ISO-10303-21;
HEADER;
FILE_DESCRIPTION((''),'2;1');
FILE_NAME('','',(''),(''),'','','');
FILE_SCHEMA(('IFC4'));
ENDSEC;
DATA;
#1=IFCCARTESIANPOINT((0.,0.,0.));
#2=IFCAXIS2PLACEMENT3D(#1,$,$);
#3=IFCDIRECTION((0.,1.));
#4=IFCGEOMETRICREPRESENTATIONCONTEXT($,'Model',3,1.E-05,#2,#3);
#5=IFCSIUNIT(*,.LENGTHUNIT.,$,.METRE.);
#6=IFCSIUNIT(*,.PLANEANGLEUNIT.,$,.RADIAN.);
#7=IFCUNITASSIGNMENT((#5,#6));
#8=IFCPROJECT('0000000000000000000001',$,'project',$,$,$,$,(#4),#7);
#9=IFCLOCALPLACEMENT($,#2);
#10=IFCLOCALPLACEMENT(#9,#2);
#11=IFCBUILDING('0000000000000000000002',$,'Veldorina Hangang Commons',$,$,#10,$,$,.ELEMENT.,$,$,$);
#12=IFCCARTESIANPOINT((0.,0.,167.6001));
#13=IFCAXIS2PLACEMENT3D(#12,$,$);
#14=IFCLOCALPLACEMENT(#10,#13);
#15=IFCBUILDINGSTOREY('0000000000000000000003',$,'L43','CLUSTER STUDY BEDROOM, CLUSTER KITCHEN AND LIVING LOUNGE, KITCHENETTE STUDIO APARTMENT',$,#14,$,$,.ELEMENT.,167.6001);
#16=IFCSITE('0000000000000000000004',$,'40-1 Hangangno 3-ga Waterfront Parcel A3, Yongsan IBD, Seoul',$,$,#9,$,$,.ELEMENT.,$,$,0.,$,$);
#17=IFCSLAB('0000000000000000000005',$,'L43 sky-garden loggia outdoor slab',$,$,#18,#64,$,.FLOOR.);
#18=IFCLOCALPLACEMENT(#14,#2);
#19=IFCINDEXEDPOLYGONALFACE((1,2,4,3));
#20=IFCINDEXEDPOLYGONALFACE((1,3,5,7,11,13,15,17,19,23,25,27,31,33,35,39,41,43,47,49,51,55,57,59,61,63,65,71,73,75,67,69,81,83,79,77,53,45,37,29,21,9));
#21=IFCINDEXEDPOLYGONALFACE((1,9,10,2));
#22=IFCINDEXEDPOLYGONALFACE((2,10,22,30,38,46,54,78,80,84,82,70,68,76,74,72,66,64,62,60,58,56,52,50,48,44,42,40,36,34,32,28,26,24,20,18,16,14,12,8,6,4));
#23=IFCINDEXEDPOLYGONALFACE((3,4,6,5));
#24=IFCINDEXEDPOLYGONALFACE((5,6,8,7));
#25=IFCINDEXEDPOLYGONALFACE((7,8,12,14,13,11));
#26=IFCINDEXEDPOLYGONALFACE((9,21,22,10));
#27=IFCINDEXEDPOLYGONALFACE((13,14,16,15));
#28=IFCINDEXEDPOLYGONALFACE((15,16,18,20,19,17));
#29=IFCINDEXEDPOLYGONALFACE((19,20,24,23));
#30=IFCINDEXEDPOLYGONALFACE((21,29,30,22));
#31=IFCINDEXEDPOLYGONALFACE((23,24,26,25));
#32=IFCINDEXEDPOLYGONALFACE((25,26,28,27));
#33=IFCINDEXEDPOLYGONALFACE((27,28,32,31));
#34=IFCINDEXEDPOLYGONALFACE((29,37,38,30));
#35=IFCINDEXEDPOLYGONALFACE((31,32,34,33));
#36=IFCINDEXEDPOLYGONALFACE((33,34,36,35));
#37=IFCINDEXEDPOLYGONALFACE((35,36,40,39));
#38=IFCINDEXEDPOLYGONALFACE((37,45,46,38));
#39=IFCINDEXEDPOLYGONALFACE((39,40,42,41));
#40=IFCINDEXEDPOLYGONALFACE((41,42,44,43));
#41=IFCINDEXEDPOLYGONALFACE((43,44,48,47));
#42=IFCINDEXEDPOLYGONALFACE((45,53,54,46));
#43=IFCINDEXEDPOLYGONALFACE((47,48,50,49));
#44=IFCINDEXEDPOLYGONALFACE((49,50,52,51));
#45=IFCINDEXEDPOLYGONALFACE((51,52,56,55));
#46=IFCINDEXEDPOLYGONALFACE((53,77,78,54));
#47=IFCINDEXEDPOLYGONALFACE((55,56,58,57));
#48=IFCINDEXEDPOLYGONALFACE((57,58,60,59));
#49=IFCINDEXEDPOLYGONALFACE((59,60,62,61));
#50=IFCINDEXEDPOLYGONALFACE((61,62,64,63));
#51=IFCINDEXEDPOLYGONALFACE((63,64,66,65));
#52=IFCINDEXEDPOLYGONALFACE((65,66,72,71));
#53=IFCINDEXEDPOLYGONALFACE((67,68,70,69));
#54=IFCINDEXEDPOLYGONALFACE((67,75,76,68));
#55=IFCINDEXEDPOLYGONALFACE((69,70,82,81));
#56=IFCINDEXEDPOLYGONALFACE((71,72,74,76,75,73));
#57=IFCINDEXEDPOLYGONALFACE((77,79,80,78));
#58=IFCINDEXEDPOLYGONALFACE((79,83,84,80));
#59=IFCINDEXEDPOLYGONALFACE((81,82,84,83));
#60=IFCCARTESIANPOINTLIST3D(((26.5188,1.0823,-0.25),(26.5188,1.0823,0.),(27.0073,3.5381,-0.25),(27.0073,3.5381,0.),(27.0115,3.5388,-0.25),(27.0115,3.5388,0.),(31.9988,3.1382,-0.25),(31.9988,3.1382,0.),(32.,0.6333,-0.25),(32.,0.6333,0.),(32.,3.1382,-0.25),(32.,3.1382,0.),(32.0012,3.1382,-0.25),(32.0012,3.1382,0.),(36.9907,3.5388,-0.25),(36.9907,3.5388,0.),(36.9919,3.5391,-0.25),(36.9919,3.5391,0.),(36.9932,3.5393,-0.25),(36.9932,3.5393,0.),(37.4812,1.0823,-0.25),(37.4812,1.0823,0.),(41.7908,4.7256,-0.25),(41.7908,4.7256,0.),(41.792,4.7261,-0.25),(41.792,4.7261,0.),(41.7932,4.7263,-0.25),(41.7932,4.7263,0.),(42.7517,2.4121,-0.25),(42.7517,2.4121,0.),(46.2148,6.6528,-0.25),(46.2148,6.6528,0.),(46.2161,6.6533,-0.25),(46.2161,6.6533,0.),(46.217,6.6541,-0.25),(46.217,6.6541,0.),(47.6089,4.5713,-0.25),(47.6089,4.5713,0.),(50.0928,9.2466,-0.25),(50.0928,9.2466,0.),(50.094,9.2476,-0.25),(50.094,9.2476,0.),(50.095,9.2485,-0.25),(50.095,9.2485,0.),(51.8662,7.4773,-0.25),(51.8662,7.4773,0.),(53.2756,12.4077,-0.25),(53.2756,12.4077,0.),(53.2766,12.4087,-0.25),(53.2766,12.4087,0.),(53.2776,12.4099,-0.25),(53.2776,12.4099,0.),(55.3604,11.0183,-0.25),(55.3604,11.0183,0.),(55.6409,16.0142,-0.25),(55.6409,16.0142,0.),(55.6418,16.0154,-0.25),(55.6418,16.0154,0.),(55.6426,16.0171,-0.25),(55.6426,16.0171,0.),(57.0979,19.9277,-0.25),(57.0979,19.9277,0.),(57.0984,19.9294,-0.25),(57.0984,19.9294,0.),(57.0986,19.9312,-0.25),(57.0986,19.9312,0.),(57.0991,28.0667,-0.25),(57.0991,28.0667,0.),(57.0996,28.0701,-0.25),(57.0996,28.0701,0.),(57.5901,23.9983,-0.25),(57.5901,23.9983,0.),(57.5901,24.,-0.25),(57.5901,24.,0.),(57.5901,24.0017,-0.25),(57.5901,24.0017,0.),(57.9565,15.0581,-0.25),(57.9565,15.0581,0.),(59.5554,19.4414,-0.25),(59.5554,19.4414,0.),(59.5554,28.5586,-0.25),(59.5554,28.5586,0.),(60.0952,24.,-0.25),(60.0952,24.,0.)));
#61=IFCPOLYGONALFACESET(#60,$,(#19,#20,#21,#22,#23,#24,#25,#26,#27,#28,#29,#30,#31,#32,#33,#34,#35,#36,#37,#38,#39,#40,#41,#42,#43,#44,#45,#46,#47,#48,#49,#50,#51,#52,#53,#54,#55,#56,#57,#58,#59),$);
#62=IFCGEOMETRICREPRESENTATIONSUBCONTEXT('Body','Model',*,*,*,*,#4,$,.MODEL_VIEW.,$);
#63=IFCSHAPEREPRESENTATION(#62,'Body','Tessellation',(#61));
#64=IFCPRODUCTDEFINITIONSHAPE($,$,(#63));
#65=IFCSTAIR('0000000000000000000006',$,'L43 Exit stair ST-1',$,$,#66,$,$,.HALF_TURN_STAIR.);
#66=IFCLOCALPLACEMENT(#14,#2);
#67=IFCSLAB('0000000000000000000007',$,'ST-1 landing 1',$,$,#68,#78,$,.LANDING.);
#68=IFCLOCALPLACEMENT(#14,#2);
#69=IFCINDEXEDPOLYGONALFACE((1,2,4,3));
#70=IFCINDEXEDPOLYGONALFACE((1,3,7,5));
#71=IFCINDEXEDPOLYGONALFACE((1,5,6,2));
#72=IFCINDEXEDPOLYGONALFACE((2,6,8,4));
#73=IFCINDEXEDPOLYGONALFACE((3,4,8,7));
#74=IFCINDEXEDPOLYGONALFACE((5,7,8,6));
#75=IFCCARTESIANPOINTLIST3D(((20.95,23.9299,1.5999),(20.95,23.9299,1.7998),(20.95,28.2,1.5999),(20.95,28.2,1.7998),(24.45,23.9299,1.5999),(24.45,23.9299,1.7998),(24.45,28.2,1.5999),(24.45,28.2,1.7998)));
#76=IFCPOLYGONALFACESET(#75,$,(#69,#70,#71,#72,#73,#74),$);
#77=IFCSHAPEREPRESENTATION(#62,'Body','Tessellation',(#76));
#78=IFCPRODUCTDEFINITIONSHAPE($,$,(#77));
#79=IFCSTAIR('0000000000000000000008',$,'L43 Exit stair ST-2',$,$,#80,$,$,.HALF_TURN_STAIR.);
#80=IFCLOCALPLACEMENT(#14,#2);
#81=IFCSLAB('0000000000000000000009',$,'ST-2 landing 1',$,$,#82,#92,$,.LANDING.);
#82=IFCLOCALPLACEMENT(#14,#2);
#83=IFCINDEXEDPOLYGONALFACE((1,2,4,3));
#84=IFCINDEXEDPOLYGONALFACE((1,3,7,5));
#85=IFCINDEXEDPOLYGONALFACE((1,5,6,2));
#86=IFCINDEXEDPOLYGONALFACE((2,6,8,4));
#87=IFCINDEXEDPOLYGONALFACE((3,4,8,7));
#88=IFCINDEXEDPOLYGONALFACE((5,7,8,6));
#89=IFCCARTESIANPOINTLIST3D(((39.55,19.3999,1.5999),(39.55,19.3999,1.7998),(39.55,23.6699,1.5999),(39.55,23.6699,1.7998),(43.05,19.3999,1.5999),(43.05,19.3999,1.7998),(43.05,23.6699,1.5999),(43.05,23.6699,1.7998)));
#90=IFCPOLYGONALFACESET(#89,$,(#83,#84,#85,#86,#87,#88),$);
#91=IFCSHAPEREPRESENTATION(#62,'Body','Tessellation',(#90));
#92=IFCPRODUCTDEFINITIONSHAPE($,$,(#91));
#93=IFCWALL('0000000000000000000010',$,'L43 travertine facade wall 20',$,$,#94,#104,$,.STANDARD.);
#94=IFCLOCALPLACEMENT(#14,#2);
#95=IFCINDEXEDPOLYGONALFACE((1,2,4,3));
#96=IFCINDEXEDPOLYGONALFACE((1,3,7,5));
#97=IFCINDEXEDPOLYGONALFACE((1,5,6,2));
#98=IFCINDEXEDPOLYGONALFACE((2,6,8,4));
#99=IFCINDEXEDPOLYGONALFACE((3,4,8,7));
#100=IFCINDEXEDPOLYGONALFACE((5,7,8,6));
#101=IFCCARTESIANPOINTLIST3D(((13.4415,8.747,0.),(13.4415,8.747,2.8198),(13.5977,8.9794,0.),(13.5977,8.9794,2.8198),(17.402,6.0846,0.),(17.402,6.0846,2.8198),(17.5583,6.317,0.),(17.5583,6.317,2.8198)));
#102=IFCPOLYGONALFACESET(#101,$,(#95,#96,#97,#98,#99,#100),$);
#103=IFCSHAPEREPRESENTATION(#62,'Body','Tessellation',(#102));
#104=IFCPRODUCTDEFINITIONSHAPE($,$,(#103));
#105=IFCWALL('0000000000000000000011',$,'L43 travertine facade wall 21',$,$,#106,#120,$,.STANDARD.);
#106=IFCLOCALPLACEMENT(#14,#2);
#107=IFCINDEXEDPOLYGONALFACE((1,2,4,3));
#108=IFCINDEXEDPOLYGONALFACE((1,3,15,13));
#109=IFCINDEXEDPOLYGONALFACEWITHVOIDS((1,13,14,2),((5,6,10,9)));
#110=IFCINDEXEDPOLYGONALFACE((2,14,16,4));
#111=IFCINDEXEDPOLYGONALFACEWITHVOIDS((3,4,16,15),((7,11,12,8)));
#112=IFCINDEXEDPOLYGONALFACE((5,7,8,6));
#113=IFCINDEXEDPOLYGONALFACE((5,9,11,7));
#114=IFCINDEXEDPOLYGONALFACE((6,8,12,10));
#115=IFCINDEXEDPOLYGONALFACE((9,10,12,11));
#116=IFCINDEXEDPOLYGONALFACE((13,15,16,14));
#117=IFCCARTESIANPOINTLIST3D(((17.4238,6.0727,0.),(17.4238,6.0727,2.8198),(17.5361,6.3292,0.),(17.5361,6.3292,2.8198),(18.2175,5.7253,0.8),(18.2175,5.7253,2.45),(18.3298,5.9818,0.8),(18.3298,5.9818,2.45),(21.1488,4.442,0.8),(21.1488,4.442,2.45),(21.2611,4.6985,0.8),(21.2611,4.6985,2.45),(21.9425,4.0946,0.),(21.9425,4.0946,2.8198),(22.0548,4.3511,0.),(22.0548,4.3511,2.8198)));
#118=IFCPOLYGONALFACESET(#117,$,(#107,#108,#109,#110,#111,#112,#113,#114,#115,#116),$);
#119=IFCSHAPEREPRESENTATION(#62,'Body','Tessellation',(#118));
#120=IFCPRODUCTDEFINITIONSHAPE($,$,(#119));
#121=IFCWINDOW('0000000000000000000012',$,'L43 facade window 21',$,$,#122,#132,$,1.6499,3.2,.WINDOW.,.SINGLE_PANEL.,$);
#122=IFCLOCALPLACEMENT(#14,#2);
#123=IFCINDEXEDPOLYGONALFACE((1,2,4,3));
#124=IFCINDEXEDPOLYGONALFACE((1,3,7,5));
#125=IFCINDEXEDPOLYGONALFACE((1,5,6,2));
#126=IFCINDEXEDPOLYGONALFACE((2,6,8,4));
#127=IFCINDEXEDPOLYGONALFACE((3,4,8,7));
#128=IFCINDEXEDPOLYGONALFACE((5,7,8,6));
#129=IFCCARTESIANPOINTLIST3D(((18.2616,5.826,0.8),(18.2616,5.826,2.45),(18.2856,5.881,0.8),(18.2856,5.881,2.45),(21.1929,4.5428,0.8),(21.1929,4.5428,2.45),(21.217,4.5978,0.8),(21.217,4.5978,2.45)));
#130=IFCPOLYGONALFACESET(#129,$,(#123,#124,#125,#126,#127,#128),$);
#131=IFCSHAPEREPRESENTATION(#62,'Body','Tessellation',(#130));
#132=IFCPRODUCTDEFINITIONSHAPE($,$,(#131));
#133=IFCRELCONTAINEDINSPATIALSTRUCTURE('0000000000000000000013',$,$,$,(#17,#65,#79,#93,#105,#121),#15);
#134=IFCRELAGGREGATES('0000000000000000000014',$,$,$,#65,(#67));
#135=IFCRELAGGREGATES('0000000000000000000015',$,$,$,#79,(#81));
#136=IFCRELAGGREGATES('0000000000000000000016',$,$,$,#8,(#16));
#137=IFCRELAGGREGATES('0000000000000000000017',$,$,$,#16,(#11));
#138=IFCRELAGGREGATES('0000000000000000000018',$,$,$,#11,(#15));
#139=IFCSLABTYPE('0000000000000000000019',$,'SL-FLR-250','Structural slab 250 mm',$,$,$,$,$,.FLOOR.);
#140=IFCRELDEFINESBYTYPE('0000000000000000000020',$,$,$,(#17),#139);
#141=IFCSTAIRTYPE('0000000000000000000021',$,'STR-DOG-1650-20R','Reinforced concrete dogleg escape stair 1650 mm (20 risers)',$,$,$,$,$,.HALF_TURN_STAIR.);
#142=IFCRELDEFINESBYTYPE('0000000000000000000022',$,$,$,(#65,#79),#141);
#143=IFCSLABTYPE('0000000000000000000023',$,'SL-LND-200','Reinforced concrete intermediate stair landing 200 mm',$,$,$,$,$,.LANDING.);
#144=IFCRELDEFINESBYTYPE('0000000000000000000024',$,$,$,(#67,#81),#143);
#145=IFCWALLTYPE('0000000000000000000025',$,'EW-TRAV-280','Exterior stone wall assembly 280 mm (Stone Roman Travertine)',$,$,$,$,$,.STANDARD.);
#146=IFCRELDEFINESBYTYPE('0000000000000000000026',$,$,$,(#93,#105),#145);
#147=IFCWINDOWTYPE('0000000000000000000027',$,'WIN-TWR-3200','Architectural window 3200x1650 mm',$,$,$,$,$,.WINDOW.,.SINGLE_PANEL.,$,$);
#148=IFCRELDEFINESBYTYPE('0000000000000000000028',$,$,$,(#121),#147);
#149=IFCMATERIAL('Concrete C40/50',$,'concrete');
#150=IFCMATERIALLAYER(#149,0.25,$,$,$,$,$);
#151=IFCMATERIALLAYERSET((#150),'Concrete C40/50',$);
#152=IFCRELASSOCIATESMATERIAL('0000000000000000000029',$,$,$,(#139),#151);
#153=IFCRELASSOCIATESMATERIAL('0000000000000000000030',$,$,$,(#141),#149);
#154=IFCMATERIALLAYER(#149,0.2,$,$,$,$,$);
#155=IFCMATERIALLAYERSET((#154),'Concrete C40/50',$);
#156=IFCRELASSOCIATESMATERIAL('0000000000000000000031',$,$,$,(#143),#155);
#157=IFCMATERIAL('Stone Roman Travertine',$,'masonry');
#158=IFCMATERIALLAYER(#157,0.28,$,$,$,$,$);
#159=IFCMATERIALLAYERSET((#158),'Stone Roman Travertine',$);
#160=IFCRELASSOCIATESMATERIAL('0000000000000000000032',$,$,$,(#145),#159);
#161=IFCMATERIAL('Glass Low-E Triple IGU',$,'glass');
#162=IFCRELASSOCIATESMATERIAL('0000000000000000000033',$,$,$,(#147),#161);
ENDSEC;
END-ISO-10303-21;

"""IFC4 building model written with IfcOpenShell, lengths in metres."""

from ifc_helpers import new_model, si_unit, direction, frame, frame_2d, origin, place, context, subcontext, project, spatial, polyline, rectangle, outline, extrude, material, layer, layer_set, type_object, element, fill, aggregate, save


model = new_model("IFC4")

# Units and contexts
model_context = context("Model", 3, precision=1e-05, world=origin(), true_north=direction((0.0, 1.0)))
body_context = subcontext(model_context, "Body", "Model", "MODEL_VIEW")
ifc_project = project(units=[si_unit("LENGTHUNIT", "METRE"), si_unit("PLANEANGLEUNIT", "RADIAN")], contexts=[model_context])

# Site, building, storey
site_placement = place(None, origin())
site = spatial("IfcSite", under=ifc_project, at=site_placement, Name="40-1 Hangangno 3-ga Waterfront Parcel A3, Yongsan IBD, Seoul", CompositionType="ELEMENT", RefElevation=0.0)
building_placement = place(site_placement, origin())
building = spatial("IfcBuilding", under=site, at=building_placement, Name="Veldorina Hangang Commons", CompositionType="ELEMENT")
storey_placement = place(building_placement, frame((0.0, 0.0, 167.6001)))
storey = spatial("IfcBuildingStorey", under=building, at=storey_placement, Name="L43", Description="CLUSTER STUDY BEDROOM, CLUSTER KITCHEN AND LIVING LOUNGE, KITCHENETTE STUDIO APARTMENT", CompositionType="ELEMENT", Elevation=167.6001)

# Slab
ifc_material_1 = material(Name="Concrete C40/50", Category="concrete")
ifc_layer_1 = layer(ifc_material_1, 0.25)
ifc_layer_set_1 = layer_set([ifc_layer_1], Name="Concrete C40/50")
slab_type_1 = type_object("IfcSlabType", Name="SL-FLR-250", Description="Structural slab 250 mm", PredefinedType="FLOOR", material=ifc_layer_set_1)
slab_1_placement = place(storey_placement, frame((0.0, 0.0, -0.25)))
element("IfcSlab", 1, at=slab_1_placement, inside=storey, type_object=slab_type_1, Name="L43 sky-garden loggia outdoor slab", PredefinedType="FLOOR", context=body_context, shape_type="SweptSolid", body=[
    extrude(outline(polyline([(59.5554, 28.5586), (60.0952, 24.0), (59.5554, 19.4414), (57.9565, 15.0581), (55.3604, 11.0183), (51.8662, 7.4773), (47.6089, 4.5713), (42.7517, 2.4121), (37.4812, 1.0823), (32.0, 0.6333), (26.5188, 1.0823), (27.0073, 3.5381), (27.0115, 3.5388), (31.9988, 3.1382), (32.0, 3.1382), (32.0012, 3.1382), (36.9907, 3.5388), (36.9919, 3.5391), (36.9932, 3.5393), (41.7908, 4.7256), (41.792, 4.7261), (41.7932, 4.7263), (46.2148, 6.6528), (46.2161, 6.6533), (46.217, 6.6541), (50.0928, 9.2466), (50.094, 9.2476), (50.095, 9.2485), (53.2756, 12.4077), (53.2766, 12.4087), (53.2776, 12.4099), (55.6409, 16.0142), (55.6418, 16.0154), (55.6426, 16.0171), (57.0979, 19.9277), (57.0984, 19.9294), (57.0986, 19.9312), (57.5901, 23.9983), (57.5901, 24.0), (57.5901, 24.0017), (57.0991, 28.0667), (57.0996, 28.0701), (59.5554, 28.5586)])), origin(), (0.0, 0.0, 1.0), 0.25),
])

# Stairs, slabs
stair_type = type_object("IfcStairType", Name="STR-DOG-1650-20R", Description="Reinforced concrete dogleg escape stair 1650 mm (20 risers)", PredefinedType="HALF_TURN_STAIR", material=ifc_material_1)
stair_1_placement = place(storey_placement, origin())
stair_1 = element("IfcStair", 2, at=stair_1_placement, inside=storey, type_object=stair_type, Name="L43 Exit stair ST-1", PredefinedType="HALF_TURN_STAIR")
ifc_layer_2 = layer(ifc_material_1, 0.2)
ifc_layer_set_2 = layer_set([ifc_layer_2], Name="Concrete C40/50")
slab_type_2 = type_object("IfcSlabType", Name="SL-LND-200", Description="Reinforced concrete intermediate stair landing 200 mm", PredefinedType="LANDING", material=ifc_layer_set_2)
slab_2_placement = place(storey_placement, frame((0.0, 0.0, 1.5999)))
slab_2 = element("IfcSlab", 3, at=slab_2_placement, type_object=slab_type_2, Name="ST-1 landing 1", PredefinedType="LANDING", context=body_context, shape_type="SweptSolid", body=[
    extrude(outline(polyline([(24.45, 23.9299), (24.45, 28.2), (20.95, 28.2), (20.95, 23.9299), (24.45, 23.9299)])), origin(), (0.0, 0.0, 1.0), 0.2),
])
aggregate(stair_1, [slab_2])
stair_2_placement = place(storey_placement, origin())
stair_2 = element("IfcStair", 4, at=stair_2_placement, inside=storey, type_object=stair_type, Name="L43 Exit stair ST-2", PredefinedType="HALF_TURN_STAIR")
slab_3_placement = place(storey_placement, frame((0.0, 0.0, 1.5999)))
slab_3 = element("IfcSlab", 5, at=slab_3_placement, type_object=slab_type_2, Name="ST-2 landing 1", PredefinedType="LANDING", context=body_context, shape_type="SweptSolid", body=[
    extrude(outline(polyline([(39.55, 23.6699), (39.55, 19.3999), (43.05, 19.3999), (43.05, 23.6699), (39.55, 23.6699)])), origin(), (0.0, 0.0, 1.0), 0.2),
])
aggregate(stair_2, [slab_3])

# Wall
ifc_material_2 = material(Name="Stone Roman Travertine", Category="masonry")
ifc_layer_3 = layer(ifc_material_2, 0.28)
ifc_layer_set_3 = layer_set([ifc_layer_3], Name="Stone Roman Travertine")
wall_type = type_object("IfcWallType", Name="EW-TRAV-280", Description="Exterior stone wall assembly 280 mm (Stone Roman Travertine)", PredefinedType="STANDARD", material=ifc_layer_set_3)
wall_1_placement = place(storey_placement, frame((13.5195, 8.8633, 0.0), z_axis=(0.0, 0.0, 1.0), x_axis=(0.829911, -0.557896, 0.0)))
element("IfcWall", 6, at=wall_1_placement, inside=storey, type_object=wall_type, Name="L43 travertine facade wall 20", PredefinedType="STANDARD", context=body_context, shape_type="SweptSolid", body=[
    extrude(rectangle(XDim=4.7722, YDim=0.28, at=frame_2d((2.3862, 0.0))), origin(), (0.0, 0.0, 1.0), 2.8198),
])

# Wall, opening, window
wall_2_placement = place(storey_placement, frame((17.48, 6.2009, 0.0), z_axis=(0.0, 0.0, 1.0), x_axis=(0.916071, -0.401016, 0.0)))
wall_2 = element("IfcWall", 7, at=wall_2_placement, inside=storey, type_object=wall_type, Name="L43 travertine facade wall 21", PredefinedType="STANDARD", context=body_context, shape_type="SweptSolid", body=[
    extrude(rectangle(XDim=4.9326, YDim=0.28, at=frame_2d((2.4663, 0.0))), origin(), (0.0, 0.0, 1.0), 2.8198),
])
opening_placement = place(wall_2_placement, frame((0.8662, 0.0, 0.8)))
opening = element("IfcOpeningElement", 8, at=opening_placement, cuts=wall_2, PredefinedType="OPENING", context=body_context, shape_type="SweptSolid", body=[
    extrude(rectangle(XDim=3.2, YDim=1.6499, at=frame_2d((1.6001, 0.825))), frame((0.0, 0.1499, 0.0), z_axis=(0.0, -1.0, 0.0), x_axis=(1.0, 0.0, 0.0)), (0.0, 0.0, 1.0), 0.3),
])
ifc_material_3 = material(Name="Glass Low-E Triple IGU", Category="glass")
window_type = type_object("IfcWindowType", Name="WIN-TWR-3200", Description="Architectural window 3200x1650 mm", PartitioningType="SINGLE_PANEL", PredefinedType="WINDOW", material=ifc_material_3)
window_placement = place(opening_placement, origin())
window = element("IfcWindow", 9, at=window_placement, inside=storey, type_object=window_type, Name="L43 facade window 21", OverallHeight=1.6499, OverallWidth=3.2, PartitioningType="SINGLE_PANEL", PredefinedType="WINDOW", context=body_context, shape_type="SweptSolid", body=[
    extrude(rectangle(XDim=3.2, YDim=1.6499, at=frame_2d((1.6001, 0.825))), frame((0.0, 0.03, 0.0), z_axis=(0.0, -1.0, 0.0), x_axis=(1.0, 0.0, 0.0)), (0.0, 0.0, 1.0), 0.0601),
])
fill(opening, window)

save(model, "model.ifc")
